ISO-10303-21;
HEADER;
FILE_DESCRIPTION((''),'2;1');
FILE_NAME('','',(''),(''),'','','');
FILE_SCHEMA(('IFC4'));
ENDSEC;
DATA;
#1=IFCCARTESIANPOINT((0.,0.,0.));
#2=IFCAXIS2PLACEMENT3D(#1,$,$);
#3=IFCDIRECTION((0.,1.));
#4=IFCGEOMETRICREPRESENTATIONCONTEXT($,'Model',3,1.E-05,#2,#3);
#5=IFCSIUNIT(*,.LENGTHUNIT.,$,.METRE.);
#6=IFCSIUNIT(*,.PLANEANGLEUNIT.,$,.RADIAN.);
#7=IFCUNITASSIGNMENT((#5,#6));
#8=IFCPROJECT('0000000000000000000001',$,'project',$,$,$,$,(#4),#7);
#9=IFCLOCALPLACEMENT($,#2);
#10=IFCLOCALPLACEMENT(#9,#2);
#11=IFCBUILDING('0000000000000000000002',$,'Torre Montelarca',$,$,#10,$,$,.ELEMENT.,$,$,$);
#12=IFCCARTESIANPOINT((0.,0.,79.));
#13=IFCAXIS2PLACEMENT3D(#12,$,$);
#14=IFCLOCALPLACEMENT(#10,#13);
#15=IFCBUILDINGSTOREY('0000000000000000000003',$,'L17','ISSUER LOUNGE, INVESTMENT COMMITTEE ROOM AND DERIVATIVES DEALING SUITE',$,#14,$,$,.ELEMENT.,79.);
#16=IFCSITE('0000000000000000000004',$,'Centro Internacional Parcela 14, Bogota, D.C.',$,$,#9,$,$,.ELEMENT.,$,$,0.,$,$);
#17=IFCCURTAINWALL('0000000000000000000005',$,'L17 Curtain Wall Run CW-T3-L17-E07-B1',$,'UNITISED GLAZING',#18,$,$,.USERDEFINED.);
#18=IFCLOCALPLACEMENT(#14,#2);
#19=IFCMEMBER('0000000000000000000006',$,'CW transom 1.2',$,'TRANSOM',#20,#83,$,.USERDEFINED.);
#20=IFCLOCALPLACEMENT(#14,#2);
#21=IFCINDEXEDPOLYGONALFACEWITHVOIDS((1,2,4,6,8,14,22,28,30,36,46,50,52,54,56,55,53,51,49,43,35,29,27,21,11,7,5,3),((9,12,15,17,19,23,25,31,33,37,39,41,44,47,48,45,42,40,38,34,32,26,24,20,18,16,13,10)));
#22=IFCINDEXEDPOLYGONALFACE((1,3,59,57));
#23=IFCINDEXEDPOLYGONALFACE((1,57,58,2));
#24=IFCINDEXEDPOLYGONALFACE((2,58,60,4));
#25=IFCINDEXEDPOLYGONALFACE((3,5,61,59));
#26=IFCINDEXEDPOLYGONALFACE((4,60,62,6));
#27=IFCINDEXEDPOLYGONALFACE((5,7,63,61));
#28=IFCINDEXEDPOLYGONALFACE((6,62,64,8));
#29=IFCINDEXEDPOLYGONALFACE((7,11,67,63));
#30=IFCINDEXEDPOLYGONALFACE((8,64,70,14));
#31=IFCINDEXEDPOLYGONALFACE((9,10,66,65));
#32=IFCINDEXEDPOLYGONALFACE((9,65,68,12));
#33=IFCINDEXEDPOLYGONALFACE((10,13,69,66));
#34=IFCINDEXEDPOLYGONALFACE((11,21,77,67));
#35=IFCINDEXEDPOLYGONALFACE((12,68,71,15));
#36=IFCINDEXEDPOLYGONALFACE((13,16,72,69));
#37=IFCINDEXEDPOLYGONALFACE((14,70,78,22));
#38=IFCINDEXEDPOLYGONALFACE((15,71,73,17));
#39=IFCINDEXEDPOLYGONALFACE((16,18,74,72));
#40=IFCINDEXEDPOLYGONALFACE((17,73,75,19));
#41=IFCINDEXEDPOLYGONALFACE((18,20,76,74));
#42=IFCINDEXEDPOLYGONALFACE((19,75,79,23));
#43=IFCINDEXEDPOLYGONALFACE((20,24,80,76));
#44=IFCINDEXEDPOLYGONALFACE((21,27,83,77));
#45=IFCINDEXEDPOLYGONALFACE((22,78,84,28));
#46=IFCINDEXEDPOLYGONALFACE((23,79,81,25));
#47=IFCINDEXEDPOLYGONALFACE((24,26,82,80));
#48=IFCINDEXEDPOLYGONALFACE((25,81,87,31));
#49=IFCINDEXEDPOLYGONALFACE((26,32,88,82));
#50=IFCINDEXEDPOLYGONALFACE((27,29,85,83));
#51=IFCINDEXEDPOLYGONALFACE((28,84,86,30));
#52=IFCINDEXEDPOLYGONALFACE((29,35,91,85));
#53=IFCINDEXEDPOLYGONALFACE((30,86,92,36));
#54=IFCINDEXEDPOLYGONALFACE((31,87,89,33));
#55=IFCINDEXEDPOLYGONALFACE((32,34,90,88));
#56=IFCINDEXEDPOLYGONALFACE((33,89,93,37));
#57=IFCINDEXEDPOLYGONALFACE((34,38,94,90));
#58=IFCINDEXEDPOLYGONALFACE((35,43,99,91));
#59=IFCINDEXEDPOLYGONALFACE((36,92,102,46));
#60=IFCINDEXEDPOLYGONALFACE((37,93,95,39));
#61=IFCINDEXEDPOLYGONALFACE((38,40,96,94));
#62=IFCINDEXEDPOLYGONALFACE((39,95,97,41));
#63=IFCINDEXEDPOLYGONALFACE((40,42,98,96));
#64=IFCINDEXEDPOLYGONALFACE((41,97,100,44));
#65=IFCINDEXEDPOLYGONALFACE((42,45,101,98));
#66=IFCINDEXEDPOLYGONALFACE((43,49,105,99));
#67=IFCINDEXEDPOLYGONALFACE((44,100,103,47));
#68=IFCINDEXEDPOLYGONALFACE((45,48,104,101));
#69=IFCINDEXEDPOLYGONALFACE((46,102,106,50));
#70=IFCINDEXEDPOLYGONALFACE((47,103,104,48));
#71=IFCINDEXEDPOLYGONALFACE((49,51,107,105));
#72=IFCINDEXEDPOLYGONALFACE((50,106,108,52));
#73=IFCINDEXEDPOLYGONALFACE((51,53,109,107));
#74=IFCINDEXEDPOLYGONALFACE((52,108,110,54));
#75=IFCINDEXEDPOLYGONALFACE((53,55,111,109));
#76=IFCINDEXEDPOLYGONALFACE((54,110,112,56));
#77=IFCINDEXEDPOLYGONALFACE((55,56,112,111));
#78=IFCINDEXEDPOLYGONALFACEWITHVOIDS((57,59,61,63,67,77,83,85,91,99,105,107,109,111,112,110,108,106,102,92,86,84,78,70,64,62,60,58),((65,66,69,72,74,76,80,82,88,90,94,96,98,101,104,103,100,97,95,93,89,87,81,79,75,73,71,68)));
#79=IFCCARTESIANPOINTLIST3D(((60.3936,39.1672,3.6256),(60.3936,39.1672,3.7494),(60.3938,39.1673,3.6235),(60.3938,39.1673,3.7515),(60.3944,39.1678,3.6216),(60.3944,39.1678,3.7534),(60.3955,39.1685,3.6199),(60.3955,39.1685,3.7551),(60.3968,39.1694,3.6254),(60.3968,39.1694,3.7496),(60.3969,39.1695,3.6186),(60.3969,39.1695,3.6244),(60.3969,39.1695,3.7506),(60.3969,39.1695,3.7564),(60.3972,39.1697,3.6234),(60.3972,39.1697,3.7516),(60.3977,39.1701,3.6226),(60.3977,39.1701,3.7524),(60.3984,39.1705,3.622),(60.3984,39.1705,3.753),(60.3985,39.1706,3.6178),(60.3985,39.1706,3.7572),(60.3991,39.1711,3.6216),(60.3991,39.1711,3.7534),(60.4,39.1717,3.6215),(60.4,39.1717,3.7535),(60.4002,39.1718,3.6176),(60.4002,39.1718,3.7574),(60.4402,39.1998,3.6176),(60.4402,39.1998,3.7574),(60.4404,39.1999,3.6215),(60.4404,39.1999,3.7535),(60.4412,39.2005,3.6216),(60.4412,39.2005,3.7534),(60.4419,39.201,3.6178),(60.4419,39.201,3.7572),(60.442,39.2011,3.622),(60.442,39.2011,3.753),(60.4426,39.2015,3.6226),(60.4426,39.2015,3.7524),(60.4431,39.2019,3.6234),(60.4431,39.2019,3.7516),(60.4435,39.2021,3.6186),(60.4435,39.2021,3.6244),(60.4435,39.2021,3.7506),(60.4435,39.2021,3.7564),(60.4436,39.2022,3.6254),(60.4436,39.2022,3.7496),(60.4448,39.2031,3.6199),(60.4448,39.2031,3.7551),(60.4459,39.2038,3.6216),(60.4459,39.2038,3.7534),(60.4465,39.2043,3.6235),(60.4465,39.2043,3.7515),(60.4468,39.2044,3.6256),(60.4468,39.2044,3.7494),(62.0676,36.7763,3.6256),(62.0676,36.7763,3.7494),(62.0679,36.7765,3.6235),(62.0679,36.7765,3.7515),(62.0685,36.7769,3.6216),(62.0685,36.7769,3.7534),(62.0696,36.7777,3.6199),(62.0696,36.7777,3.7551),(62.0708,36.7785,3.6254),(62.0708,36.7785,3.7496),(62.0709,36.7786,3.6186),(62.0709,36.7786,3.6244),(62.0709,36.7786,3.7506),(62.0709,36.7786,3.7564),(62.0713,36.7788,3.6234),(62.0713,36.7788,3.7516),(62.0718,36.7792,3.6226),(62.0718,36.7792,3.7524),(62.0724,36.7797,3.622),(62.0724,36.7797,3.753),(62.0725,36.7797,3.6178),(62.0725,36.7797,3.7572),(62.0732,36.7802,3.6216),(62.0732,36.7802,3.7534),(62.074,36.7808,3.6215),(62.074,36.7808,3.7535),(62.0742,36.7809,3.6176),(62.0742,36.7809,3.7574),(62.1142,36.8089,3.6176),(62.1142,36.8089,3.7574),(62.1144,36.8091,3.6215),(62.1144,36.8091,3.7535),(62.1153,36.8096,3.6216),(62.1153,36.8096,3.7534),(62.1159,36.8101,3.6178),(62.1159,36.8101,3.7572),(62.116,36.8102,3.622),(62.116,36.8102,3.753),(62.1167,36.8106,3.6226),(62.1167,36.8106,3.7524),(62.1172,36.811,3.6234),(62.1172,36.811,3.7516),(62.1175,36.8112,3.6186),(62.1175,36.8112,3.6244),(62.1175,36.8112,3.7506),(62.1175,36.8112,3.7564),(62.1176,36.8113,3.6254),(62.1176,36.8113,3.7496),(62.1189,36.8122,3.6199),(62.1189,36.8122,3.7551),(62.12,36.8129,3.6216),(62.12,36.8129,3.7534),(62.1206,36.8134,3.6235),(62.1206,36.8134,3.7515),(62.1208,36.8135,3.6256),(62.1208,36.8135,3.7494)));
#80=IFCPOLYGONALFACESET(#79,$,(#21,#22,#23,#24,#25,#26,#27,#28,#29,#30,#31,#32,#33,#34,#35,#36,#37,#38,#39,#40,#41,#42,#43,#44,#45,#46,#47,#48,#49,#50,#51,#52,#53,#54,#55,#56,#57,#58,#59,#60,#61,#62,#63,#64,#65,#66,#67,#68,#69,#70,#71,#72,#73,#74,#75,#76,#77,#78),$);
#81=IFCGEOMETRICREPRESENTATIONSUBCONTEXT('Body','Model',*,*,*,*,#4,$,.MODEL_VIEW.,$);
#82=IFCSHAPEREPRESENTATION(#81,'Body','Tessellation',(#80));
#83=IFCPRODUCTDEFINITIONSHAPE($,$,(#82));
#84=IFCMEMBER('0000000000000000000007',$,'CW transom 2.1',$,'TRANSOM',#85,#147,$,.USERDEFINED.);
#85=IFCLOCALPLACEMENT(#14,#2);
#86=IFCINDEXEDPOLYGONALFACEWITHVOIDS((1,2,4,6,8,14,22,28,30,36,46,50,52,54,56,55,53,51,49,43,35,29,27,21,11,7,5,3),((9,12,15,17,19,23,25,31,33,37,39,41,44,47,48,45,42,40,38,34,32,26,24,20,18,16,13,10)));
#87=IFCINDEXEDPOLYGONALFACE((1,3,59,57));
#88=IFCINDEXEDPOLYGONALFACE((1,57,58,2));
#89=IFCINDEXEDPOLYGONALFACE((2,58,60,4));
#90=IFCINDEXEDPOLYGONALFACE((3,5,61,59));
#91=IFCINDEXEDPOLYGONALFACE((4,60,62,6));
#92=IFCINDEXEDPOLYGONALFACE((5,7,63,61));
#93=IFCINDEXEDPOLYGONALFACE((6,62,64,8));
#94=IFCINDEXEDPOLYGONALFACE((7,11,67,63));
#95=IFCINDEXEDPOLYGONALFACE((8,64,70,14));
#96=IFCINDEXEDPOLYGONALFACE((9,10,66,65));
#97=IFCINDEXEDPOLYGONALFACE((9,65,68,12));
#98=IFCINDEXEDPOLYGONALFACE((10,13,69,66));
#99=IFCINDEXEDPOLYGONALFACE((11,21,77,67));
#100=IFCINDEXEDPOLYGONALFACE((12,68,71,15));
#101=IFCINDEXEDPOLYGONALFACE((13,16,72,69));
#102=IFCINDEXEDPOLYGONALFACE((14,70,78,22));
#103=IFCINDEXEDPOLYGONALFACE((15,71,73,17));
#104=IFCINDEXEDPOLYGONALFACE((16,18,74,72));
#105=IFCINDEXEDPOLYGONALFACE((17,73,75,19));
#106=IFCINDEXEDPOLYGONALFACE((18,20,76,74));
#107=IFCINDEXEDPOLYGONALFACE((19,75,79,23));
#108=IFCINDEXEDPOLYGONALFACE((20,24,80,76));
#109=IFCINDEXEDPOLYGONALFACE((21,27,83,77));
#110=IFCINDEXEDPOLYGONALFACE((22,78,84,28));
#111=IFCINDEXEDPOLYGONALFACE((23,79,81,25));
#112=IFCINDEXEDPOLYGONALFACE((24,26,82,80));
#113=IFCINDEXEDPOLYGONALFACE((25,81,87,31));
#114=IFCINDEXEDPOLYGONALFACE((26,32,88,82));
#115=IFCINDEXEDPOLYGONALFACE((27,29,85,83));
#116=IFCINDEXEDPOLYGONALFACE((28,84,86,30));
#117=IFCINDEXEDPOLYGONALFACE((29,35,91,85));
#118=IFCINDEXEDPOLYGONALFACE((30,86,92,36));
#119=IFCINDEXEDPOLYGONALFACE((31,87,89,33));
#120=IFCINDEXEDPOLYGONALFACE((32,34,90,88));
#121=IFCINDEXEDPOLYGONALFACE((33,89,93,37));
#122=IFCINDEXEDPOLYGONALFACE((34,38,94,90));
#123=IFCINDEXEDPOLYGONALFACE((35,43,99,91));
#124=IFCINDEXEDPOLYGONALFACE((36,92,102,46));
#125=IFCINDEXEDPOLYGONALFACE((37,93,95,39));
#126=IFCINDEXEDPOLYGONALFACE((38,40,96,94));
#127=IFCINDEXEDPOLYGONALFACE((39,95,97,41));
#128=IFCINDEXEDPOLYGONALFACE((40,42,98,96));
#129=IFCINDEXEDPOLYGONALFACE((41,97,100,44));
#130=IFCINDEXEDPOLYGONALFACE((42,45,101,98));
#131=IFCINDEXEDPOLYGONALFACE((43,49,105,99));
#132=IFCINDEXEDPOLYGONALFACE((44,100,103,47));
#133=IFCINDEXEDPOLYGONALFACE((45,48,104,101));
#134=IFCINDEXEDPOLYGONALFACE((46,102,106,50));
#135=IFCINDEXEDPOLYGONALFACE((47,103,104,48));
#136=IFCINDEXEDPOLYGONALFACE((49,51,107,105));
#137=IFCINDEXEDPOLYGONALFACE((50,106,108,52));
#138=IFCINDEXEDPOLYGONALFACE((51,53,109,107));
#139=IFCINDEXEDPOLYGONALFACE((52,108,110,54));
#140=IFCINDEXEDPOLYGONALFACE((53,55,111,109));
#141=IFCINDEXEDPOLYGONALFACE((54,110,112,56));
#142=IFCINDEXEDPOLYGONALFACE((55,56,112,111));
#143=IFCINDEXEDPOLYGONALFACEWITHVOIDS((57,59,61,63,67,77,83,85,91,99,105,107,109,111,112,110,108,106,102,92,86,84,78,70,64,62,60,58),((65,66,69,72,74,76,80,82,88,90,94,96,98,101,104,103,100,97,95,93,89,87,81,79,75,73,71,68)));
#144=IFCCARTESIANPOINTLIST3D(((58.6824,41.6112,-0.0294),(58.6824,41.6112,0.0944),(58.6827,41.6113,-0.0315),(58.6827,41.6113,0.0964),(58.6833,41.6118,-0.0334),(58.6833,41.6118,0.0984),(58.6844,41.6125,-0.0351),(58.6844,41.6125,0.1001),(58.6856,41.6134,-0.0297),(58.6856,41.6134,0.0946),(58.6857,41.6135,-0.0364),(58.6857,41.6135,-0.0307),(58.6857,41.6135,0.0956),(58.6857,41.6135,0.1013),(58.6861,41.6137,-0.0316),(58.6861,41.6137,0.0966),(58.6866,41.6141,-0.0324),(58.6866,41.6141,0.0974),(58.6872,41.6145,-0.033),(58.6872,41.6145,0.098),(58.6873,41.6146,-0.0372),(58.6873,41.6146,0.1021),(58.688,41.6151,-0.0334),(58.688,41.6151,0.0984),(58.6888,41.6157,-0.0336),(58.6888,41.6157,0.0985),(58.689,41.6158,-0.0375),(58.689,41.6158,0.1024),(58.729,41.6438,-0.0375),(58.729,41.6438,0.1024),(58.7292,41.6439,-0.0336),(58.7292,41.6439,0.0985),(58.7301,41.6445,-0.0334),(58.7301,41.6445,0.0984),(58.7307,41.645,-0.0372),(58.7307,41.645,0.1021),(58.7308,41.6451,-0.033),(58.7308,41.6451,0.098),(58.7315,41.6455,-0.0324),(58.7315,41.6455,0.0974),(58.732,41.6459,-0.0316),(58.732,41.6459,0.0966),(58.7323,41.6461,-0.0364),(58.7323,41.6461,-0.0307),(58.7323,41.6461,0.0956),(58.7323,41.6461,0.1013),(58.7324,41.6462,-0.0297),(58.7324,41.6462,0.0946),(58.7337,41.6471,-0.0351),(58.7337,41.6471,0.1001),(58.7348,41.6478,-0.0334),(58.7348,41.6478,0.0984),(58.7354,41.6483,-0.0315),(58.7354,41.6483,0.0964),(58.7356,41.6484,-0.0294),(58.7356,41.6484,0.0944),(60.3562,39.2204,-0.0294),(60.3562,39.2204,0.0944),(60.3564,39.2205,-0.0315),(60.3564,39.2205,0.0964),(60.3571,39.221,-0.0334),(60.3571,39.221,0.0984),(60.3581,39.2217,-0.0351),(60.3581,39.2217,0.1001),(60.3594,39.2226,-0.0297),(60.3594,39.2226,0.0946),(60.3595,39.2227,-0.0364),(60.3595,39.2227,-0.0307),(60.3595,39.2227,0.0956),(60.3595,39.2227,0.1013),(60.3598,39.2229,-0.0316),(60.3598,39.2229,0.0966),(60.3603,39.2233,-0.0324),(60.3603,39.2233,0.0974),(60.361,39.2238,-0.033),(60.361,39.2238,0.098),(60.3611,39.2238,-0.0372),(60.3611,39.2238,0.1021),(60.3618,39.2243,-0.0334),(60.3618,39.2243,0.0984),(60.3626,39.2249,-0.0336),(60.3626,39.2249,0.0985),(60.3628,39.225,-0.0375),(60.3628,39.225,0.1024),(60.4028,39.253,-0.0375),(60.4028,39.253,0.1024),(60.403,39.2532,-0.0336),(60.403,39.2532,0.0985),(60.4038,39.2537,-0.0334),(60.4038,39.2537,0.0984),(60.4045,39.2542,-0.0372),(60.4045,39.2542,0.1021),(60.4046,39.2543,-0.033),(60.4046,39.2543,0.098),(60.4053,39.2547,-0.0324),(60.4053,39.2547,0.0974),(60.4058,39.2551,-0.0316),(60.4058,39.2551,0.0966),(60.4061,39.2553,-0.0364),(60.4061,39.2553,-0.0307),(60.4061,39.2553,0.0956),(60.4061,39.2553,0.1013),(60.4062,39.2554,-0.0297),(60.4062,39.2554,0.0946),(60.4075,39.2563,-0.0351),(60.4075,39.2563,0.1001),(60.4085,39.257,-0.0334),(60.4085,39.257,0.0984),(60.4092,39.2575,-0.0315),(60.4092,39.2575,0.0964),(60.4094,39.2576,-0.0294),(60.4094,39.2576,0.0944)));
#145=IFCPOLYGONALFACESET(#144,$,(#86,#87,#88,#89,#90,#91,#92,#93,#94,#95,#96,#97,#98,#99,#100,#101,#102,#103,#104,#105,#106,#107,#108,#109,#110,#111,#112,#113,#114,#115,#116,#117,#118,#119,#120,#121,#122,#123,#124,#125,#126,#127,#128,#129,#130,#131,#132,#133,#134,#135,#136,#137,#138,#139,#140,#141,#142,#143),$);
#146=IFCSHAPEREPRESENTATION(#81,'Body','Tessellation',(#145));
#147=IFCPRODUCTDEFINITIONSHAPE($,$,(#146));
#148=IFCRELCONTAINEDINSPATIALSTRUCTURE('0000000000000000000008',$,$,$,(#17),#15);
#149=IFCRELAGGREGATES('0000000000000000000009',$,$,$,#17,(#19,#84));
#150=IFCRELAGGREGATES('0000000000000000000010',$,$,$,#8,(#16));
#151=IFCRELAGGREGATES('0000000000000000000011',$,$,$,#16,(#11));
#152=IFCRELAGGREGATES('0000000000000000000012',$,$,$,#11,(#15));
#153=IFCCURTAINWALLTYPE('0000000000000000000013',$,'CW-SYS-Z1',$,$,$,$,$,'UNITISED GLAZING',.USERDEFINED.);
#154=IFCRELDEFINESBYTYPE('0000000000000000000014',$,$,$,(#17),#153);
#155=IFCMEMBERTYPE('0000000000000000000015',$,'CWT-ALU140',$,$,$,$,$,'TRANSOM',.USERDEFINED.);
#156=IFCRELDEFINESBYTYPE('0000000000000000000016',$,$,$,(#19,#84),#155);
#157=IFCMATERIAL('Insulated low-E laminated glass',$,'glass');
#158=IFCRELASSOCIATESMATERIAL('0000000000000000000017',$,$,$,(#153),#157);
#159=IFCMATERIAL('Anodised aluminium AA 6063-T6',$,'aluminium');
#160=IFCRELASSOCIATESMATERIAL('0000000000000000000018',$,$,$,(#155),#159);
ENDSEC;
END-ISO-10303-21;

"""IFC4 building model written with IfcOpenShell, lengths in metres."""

from ifc_helpers import new_model, si_unit, direction, frame, origin, origin_2d, place, context, subcontext, project, spatial, hollow_rectangle, extrude, source, transform, mapped, material, material_profile, profile_set, type_object, element, aggregate, save


model = new_model("IFC4")

# Units and contexts
model_context = context("Model", 3, precision=1e-05, world=origin(), true_north=direction((0.0, 1.0)))
body_context = subcontext(model_context, "Body", "Model", "MODEL_VIEW")
ifc_project = project(units=[si_unit("LENGTHUNIT", "METRE"), si_unit("PLANEANGLEUNIT", "RADIAN")], contexts=[model_context])

# Site, building, storey
site_placement = place(None, origin())
site = spatial("IfcSite", under=ifc_project, at=site_placement, Name="Centro Internacional Parcela 14, Bogota, D.C.", CompositionType="ELEMENT", RefElevation=0.0)
building_placement = place(site_placement, origin())
building = spatial("IfcBuilding", under=site, at=building_placement, Name="Torre Montelarca", CompositionType="ELEMENT")
storey_placement = place(building_placement, frame((0.0, 0.0, 79.0)))
storey = spatial("IfcBuildingStorey", under=building, at=storey_placement, Name="L17", Description="ISSUER LOUNGE, INVESTMENT COMMITTEE ROOM AND DERIVATIVES DEALING SUITE", CompositionType="ELEMENT", Elevation=79.0)

# Curtain wall, members
ifc_material_1 = material(Name="Insulated low-E laminated glass", Category="glass")
curtain_wall_type = type_object("IfcCurtainWallType", Name="CW-SYS-Z1", ElementType="UNITISED GLAZING", PredefinedType="USERDEFINED", material=ifc_material_1)
curtain_wall_1_placement = place(storey_placement, origin())
curtain_wall_1 = element("IfcCurtainWall", 1, at=curtain_wall_1_placement, inside=storey, type_object=curtain_wall_type, Name="L17 Curtain Wall Run CW-T3-L17-E07-B1", ObjectType="UNITISED GLAZING", PredefinedType="USERDEFINED")
ifc_material_2 = material(Name="Anodised aluminium AA 6063-T6", Category="aluminium")
ifc_material_profile_1 = material_profile(ifc_material_2, hollow_rectangle(XDim=0.0649, YDim=0.1399, WallThickness=0.0039, InnerFilletRadius=0.0039, OuterFilletRadius=0.0081, at=origin_2d()), Name="ALU65X140X4", Category="aluminium")
ifc_profile_set_1 = profile_set([ifc_material_profile_1], Name="Anodised aluminium AA 6063-T6")
member_type_1 = type_object("IfcMemberType", Name="CWT-ALU140", ElementType="TRANSOM", PredefinedType="USERDEFINED", material=ifc_profile_set_1)
shared_shape_1 = source(origin(), body_context, "Body", "SweptSolid", [
    extrude(hollow_rectangle(XDim=0.0649, YDim=0.1399, WallThickness=0.0039, InnerFilletRadius=0.0039, OuterFilletRadius=0.0081, at=origin_2d()), origin(), (0.0, 0.0, 1.0), 2.9187),
])
member_1_placement = place(storey_placement, frame((62.0942, 36.7949, 3.6875), z_axis=(-0.573569, 0.819157, 0.0), x_axis=(-0.819157, -0.573569, 0.0)))
member_1 = element("IfcMember", 2, at=member_1_placement, type_object=member_type_1, Name="CW transom 1.2", ObjectType="TRANSOM", PredefinedType="USERDEFINED", context=body_context, shape_type="MappedRepresentation", body=[
    mapped(shared_shape_1, transform((0.0, 0.0, 0.0), scale=1.0)),
])
shared_shape_2 = source(origin(), body_context, "Body", "SweptSolid", [
    extrude(hollow_rectangle(XDim=0.0649, YDim=0.1399, WallThickness=0.0039, InnerFilletRadius=0.0039, OuterFilletRadius=0.0081, at=origin_2d()), origin(), (0.0, 0.0, 1.0), 2.9185),
])
member_2_placement = place(storey_placement, frame((60.3828, 39.239, 0.0325), z_axis=(-0.573513, 0.819197, 0.0), x_axis=(-0.819197, -0.573513, 0.0)))
member_2 = element("IfcMember", 3, at=member_2_placement, type_object=member_type_1, Name="CW transom 2.1", ObjectType="TRANSOM", PredefinedType="USERDEFINED", context=body_context, shape_type="MappedRepresentation", body=[
    mapped(shared_shape_2, transform((0.0, 0.0, 0.0), scale=1.0)),
])

aggregate(curtain_wall_1, [member_1, member_2])

save(model, "model.ifc")
